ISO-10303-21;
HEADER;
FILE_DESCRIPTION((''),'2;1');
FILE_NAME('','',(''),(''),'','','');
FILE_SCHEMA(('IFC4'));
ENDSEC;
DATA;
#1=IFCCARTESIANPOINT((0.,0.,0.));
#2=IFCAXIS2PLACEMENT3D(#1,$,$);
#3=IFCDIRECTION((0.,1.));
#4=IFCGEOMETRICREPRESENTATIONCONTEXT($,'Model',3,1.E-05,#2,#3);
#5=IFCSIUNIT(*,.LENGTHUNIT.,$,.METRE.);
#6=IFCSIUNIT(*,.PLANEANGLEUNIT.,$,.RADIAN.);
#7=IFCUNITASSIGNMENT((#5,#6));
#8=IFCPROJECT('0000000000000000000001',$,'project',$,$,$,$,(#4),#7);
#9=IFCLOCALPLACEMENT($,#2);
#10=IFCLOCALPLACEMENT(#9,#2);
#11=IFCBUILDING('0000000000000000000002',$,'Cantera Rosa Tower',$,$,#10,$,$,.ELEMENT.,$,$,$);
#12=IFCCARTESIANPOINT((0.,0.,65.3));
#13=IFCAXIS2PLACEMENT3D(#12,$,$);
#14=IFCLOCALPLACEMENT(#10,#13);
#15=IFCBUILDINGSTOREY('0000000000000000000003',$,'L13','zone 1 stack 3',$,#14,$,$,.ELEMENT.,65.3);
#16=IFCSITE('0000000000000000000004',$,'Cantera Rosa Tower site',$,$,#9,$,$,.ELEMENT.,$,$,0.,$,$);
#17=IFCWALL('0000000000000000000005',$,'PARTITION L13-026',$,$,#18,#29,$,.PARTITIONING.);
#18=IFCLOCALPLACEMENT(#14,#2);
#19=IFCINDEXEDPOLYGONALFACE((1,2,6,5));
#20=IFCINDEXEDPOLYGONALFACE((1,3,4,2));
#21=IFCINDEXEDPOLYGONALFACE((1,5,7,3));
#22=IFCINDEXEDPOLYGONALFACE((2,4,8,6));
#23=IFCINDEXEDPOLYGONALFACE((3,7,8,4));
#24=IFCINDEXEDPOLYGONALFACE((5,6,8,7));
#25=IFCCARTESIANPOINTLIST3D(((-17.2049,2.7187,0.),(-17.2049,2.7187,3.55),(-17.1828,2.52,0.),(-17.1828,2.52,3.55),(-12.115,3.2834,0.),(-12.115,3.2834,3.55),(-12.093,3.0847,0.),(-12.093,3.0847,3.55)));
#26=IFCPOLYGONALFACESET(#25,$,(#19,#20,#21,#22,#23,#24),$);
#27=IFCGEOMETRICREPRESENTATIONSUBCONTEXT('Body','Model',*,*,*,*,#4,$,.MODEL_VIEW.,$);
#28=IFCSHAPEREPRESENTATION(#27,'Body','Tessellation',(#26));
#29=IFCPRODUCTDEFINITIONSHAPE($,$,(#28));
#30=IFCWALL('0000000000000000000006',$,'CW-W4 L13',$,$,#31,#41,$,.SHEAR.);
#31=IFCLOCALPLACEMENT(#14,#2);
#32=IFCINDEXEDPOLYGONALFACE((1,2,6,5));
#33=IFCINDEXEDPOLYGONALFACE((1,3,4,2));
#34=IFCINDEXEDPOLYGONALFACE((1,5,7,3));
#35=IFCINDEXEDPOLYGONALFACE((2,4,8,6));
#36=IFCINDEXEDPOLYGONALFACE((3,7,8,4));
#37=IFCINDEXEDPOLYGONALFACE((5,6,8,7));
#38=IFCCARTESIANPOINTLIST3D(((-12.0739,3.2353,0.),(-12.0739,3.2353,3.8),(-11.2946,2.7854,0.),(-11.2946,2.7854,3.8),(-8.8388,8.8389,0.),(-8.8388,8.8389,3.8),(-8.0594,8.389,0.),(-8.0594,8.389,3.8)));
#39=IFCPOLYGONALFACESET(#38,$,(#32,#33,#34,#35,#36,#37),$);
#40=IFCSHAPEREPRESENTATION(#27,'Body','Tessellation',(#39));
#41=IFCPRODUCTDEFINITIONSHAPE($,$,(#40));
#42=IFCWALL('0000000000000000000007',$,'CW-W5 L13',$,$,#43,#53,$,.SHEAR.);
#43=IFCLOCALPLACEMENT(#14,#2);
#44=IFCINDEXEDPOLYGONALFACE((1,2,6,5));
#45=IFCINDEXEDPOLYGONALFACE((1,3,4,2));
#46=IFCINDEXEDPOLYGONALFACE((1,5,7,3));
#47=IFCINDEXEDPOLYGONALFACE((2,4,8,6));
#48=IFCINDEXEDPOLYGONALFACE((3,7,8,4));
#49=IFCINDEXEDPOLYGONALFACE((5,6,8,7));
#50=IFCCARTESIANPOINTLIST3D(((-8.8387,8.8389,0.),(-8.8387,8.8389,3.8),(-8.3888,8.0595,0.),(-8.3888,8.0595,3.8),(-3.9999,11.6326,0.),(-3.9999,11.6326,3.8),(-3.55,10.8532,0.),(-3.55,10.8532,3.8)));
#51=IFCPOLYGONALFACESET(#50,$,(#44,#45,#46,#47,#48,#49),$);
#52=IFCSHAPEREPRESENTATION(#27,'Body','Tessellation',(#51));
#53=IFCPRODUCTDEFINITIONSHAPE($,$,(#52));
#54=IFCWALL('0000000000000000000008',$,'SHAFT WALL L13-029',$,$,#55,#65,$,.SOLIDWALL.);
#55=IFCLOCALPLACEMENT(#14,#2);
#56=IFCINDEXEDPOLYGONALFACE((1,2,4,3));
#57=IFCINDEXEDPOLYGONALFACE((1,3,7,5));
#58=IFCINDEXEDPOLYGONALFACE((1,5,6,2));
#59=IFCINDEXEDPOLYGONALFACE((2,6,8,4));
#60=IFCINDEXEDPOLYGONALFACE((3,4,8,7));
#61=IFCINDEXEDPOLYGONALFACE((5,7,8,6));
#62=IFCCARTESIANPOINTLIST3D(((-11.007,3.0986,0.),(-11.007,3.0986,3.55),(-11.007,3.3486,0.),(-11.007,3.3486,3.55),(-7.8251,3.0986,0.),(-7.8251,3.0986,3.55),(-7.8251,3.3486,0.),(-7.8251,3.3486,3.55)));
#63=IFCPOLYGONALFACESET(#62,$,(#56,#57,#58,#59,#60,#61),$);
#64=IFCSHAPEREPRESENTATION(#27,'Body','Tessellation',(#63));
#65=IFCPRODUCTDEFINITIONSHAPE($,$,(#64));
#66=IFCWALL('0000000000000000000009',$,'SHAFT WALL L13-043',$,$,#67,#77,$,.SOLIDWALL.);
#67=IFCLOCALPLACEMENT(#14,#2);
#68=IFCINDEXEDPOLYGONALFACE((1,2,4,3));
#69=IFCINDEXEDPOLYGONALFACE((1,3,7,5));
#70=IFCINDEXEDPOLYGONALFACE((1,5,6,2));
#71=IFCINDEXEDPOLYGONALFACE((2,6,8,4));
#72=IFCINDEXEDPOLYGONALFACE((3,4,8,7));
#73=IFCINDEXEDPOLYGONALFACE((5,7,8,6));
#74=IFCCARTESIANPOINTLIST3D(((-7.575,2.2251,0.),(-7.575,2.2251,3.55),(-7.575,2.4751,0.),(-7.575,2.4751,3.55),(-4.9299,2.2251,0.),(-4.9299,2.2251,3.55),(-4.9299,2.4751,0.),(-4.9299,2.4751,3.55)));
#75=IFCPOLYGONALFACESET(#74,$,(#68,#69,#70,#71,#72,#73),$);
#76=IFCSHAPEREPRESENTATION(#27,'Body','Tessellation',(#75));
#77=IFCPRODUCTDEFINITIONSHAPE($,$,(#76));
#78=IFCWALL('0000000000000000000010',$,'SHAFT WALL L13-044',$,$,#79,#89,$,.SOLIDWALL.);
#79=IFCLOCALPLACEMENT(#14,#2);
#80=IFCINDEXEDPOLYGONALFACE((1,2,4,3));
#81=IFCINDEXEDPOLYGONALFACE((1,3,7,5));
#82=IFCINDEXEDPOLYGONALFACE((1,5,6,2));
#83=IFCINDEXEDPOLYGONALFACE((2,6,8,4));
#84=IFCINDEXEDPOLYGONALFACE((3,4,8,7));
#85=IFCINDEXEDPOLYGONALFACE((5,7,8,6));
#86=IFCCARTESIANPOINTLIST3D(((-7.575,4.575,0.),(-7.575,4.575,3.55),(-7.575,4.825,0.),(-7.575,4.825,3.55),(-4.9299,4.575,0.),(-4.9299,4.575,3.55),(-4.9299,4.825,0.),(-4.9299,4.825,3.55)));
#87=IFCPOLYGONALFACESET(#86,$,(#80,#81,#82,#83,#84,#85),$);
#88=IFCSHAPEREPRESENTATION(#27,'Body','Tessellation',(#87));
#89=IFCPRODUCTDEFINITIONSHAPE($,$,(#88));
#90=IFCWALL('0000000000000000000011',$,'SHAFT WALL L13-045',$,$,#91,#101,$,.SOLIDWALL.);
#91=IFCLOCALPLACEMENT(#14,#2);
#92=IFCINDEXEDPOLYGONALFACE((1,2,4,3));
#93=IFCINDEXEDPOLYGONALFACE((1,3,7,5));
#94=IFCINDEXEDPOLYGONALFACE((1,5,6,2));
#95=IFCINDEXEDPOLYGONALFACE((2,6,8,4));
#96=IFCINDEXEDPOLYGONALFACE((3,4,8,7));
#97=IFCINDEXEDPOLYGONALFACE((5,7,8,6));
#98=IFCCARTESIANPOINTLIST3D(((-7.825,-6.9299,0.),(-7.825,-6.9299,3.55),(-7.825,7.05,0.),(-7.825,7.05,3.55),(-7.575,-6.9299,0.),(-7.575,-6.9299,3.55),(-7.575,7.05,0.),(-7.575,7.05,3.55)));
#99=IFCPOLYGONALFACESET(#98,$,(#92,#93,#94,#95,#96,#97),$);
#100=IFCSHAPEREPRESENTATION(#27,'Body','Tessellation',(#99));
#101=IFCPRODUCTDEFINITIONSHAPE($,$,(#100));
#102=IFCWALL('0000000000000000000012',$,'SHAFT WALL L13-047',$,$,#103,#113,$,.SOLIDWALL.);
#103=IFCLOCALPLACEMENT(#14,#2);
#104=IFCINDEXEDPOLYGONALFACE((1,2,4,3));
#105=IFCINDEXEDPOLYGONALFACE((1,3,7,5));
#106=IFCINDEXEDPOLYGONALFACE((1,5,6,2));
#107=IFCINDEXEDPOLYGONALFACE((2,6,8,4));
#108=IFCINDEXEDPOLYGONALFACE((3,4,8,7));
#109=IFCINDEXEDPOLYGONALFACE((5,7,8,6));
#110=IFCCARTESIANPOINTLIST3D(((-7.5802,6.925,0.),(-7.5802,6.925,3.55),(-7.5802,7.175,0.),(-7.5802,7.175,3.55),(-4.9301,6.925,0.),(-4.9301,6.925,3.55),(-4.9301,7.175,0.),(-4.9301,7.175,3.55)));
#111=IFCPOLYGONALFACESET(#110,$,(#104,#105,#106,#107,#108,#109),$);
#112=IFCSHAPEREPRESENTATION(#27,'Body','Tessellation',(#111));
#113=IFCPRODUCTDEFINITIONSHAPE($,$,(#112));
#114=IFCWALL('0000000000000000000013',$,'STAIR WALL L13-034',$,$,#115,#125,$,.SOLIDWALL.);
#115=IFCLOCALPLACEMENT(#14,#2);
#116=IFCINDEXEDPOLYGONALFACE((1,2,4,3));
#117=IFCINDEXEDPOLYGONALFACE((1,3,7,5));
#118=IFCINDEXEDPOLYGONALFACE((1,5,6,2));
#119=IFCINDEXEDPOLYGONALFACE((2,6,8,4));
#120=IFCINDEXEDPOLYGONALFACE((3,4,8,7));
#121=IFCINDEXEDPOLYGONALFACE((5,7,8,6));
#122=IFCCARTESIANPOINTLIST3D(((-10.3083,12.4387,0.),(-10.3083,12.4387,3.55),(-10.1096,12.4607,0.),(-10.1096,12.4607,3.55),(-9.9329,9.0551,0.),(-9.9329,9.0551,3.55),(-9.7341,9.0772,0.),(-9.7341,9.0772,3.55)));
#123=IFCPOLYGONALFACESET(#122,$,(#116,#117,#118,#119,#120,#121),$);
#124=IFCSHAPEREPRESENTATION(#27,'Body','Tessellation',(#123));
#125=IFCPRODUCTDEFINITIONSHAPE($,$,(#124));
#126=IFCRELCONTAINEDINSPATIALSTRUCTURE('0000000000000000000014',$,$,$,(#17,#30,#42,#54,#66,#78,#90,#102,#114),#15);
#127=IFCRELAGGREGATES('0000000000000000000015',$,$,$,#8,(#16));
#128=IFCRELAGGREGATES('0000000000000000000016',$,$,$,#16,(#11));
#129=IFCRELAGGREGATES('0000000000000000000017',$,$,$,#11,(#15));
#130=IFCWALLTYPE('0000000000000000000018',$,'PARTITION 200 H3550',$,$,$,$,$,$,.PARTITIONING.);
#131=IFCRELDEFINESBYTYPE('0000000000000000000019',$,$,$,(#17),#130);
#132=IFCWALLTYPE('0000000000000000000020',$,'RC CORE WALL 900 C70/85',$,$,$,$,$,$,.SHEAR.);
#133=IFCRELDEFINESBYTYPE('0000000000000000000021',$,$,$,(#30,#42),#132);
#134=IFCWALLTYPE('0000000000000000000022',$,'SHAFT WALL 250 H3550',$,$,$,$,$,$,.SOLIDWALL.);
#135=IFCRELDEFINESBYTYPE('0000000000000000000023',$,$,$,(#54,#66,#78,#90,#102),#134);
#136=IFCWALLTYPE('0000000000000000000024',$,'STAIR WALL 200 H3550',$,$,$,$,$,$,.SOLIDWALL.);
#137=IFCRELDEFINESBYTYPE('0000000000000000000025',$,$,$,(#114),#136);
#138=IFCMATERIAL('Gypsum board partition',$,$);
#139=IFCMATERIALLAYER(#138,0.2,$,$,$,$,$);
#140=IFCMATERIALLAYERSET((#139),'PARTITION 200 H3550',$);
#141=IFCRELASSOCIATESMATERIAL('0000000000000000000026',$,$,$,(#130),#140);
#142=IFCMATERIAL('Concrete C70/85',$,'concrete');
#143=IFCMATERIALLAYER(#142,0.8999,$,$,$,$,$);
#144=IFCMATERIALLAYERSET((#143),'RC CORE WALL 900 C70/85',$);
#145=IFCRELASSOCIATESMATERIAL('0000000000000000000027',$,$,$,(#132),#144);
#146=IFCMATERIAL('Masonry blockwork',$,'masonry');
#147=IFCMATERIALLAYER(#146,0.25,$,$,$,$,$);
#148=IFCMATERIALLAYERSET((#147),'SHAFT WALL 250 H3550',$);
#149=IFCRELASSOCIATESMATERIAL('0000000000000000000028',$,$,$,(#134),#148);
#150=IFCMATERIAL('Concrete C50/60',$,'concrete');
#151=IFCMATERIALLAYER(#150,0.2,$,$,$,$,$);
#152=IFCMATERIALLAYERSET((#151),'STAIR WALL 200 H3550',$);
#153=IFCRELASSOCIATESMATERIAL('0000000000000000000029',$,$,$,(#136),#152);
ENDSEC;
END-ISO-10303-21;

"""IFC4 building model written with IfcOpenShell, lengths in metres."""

from ifc_helpers import new_model, si_unit, direction, frame, frame_2d, origin, place, context, subcontext, project, spatial, rectangle, extrude, material, layer, layer_set, type_object, element, save


model = new_model("IFC4")

# Units and contexts
model_context = context("Model", 3, precision=1e-05, world=origin(), true_north=direction((0.0, 1.0)))
body_context = subcontext(model_context, "Body", "Model", "MODEL_VIEW")
ifc_project = project(units=[si_unit("LENGTHUNIT", "METRE"), si_unit("PLANEANGLEUNIT", "RADIAN")], contexts=[model_context])

# Site, building, storey
site_placement = place(None, origin())
site = spatial("IfcSite", under=ifc_project, at=site_placement, Name="Cantera Rosa Tower site", CompositionType="ELEMENT", RefElevation=0.0)
building_placement = place(site_placement, origin())
building = spatial("IfcBuilding", under=site, at=building_placement, Name="Cantera Rosa Tower", CompositionType="ELEMENT")
storey_placement = place(building_placement, frame((0.0, 0.0, 65.3)))
storey = spatial("IfcBuildingStorey", under=building, at=storey_placement, Name="L13", Description="zone 1 stack 3", CompositionType="ELEMENT", Elevation=65.3)

# Walls
ifc_material_1 = material(Name="Gypsum board partition")
ifc_layer_1 = layer(ifc_material_1, 0.2)
ifc_layer_set_1 = layer_set([ifc_layer_1], Name="PARTITION 200 H3550")
wall_type_1 = type_object("IfcWallType", Name="PARTITION 200 H3550", PredefinedType="PARTITIONING", material=ifc_layer_set_1)
wall_1_placement = place(storey_placement, frame((-12.104, 3.1841, 0.0), z_axis=(0.0, 0.0, 1.0), x_axis=(-0.993902, -0.110269, 0.0)))
element("IfcWall", 1, at=wall_1_placement, inside=storey, type_object=wall_type_1, Name="PARTITION L13-026", PredefinedType="PARTITIONING", context=body_context, shape_type="SweptSolid", body=[
    extrude(rectangle(XDim=5.1211, YDim=0.2, at=frame_2d((2.5605, 0.0))), origin(), (0.0, 0.0, 1.0), 3.55),
])
ifc_material_2 = material(Name="Concrete C70/85", Category="concrete")
ifc_layer_2 = layer(ifc_material_2, 0.8999)
ifc_layer_set_2 = layer_set([ifc_layer_2], Name="RC CORE WALL 900 C70/85")
wall_type_2 = type_object("IfcWallType", Name="RC CORE WALL 900 C70/85", PredefinedType="SHEAR", material=ifc_layer_set_2)
wall_2_placement = place(storey_placement, frame((-11.6843, 3.0103, 0.0), z_axis=(0.0, 0.0, 1.0), x_axis=(0.49999, 0.866031, 0.0)))
element("IfcWall", 2, at=wall_2_placement, inside=storey, type_object=wall_type_2, Name="CW-W4 L13", PredefinedType="SHEAR", context=body_context, shape_type="SweptSolid", body=[
    extrude(rectangle(XDim=6.4705, YDim=0.8999, at=frame_2d((3.2354, 0.0))), origin(), (0.0, 0.0, 1.0), 3.8),
])
wall_3_placement = place(storey_placement, frame((-8.6138, 8.4492, 0.0), z_axis=(0.0, 0.0, 1.0), x_axis=(0.866027, 0.499997, 0.0)))
element("IfcWall", 3, at=wall_3_placement, inside=storey, type_object=wall_type_2, Name="CW-W5 L13", PredefinedType="SHEAR", context=body_context, shape_type="SweptSolid", body=[
    extrude(rectangle(XDim=5.5874, YDim=0.8999, at=frame_2d((2.7937, 0.0))), origin(), (0.0, 0.0, 1.0), 3.8),
])
ifc_material_3 = material(Name="Masonry blockwork", Category="masonry")
ifc_layer_3 = layer(ifc_material_3, 0.25)
ifc_layer_set_3 = layer_set([ifc_layer_3], Name="SHAFT WALL 250 H3550")
wall_type_3 = type_object("IfcWallType", Name="SHAFT WALL 250 H3550", PredefinedType="SOLIDWALL", material=ifc_layer_set_3)
wall_4_placement = place(storey_placement, frame((-11.0068, 3.2236, 0.0), z_axis=(0.0, 0.0, 1.0), x_axis=(1.0, 0.0, 0.0)))
element("IfcWall", 4, at=wall_4_placement, inside=storey, type_object=wall_type_3, Name="SHAFT WALL L13-029", PredefinedType="SOLIDWALL", context=body_context, shape_type="SweptSolid", body=[
    extrude(rectangle(XDim=3.1819, YDim=0.25, at=frame_2d((1.5908, 0.0))), origin(), (0.0, 0.0, 1.0), 3.55),
])
for number, where, z_axis, x_axis, name in (
    (5, (-7.575, 2.3501, 0.0), (0.0, 0.0, 1.0), (1.0, 0.0, 0.0), "SHAFT WALL L13-043"),
    (6, (-7.575, 4.7, 0.0), (0.0, 0.0, 1.0), (1.0, 0.0, 0.0), "SHAFT WALL L13-044"),
):
    element("IfcWall", number, at=place(storey_placement, frame(where, z_axis=z_axis, x_axis=x_axis)), inside=storey, type_object=wall_type_3, Name=name, PredefinedType="SOLIDWALL", context=body_context, shape_type="SweptSolid", body=[
        extrude(rectangle(XDim=2.645, YDim=0.25, at=frame_2d((1.3225, 0.0))), origin(), (0.0, 0.0, 1.0), 3.55),
    ])
wall_5_placement = place(storey_placement, frame((-7.7, 7.05, 0.0), z_axis=(0.0, 0.0, 1.0), x_axis=(0.0, -1.0, 0.0)))
element("IfcWall", 7, at=wall_5_placement, inside=storey, type_object=wall_type_3, Name="SHAFT WALL L13-045", PredefinedType="SOLIDWALL", context=body_context, shape_type="SweptSolid", body=[
    extrude(rectangle(XDim=13.98, YDim=0.25, at=frame_2d((6.99, 0.0))), origin(), (0.0, 0.0, 1.0), 3.55),
])
wall_6_placement = place(storey_placement, frame((-4.9299, 7.05, 0.0), z_axis=(0.0, 0.0, 1.0), x_axis=(-1.0, 0.0, 0.0)))
element("IfcWall", 8, at=wall_6_placement, inside=storey, type_object=wall_type_3, Name="SHAFT WALL L13-047", PredefinedType="SOLIDWALL", context=body_context, shape_type="SweptSolid", body=[
    extrude(rectangle(XDim=2.6501, YDim=0.25, at=frame_2d((1.3252, 0.0))), origin(), (0.0, 0.0, 1.0), 3.55),
])
ifc_material_4 = material(Name="Concrete C50/60", Category="concrete")
ifc_layer_4 = layer(ifc_material_4, 0.2)
ifc_layer_set_4 = layer_set([ifc_layer_4], Name="STAIR WALL 200 H3550")
wall_type_4 = type_object("IfcWallType", Name="STAIR WALL 200 H3550", PredefinedType="SOLIDWALL", material=ifc_layer_set_4)
wall_7_placement = place(storey_placement, frame((-9.8335, 9.0662, 0.0), z_axis=(0.0, 0.0, 1.0), x_axis=(-0.110298, 0.993899, 0.0)))
element("IfcWall", 9, at=wall_7_placement, inside=storey, type_object=wall_type_4, Name="STAIR WALL L13-034", PredefinedType="SOLIDWALL", context=body_context, shape_type="SweptSolid", body=[
    extrude(rectangle(XDim=3.4043, YDim=0.2, at=frame_2d((1.7021, 0.0))), origin(), (0.0, 0.0, 1.0), 3.55),
])

save(model, "model.ifc")
